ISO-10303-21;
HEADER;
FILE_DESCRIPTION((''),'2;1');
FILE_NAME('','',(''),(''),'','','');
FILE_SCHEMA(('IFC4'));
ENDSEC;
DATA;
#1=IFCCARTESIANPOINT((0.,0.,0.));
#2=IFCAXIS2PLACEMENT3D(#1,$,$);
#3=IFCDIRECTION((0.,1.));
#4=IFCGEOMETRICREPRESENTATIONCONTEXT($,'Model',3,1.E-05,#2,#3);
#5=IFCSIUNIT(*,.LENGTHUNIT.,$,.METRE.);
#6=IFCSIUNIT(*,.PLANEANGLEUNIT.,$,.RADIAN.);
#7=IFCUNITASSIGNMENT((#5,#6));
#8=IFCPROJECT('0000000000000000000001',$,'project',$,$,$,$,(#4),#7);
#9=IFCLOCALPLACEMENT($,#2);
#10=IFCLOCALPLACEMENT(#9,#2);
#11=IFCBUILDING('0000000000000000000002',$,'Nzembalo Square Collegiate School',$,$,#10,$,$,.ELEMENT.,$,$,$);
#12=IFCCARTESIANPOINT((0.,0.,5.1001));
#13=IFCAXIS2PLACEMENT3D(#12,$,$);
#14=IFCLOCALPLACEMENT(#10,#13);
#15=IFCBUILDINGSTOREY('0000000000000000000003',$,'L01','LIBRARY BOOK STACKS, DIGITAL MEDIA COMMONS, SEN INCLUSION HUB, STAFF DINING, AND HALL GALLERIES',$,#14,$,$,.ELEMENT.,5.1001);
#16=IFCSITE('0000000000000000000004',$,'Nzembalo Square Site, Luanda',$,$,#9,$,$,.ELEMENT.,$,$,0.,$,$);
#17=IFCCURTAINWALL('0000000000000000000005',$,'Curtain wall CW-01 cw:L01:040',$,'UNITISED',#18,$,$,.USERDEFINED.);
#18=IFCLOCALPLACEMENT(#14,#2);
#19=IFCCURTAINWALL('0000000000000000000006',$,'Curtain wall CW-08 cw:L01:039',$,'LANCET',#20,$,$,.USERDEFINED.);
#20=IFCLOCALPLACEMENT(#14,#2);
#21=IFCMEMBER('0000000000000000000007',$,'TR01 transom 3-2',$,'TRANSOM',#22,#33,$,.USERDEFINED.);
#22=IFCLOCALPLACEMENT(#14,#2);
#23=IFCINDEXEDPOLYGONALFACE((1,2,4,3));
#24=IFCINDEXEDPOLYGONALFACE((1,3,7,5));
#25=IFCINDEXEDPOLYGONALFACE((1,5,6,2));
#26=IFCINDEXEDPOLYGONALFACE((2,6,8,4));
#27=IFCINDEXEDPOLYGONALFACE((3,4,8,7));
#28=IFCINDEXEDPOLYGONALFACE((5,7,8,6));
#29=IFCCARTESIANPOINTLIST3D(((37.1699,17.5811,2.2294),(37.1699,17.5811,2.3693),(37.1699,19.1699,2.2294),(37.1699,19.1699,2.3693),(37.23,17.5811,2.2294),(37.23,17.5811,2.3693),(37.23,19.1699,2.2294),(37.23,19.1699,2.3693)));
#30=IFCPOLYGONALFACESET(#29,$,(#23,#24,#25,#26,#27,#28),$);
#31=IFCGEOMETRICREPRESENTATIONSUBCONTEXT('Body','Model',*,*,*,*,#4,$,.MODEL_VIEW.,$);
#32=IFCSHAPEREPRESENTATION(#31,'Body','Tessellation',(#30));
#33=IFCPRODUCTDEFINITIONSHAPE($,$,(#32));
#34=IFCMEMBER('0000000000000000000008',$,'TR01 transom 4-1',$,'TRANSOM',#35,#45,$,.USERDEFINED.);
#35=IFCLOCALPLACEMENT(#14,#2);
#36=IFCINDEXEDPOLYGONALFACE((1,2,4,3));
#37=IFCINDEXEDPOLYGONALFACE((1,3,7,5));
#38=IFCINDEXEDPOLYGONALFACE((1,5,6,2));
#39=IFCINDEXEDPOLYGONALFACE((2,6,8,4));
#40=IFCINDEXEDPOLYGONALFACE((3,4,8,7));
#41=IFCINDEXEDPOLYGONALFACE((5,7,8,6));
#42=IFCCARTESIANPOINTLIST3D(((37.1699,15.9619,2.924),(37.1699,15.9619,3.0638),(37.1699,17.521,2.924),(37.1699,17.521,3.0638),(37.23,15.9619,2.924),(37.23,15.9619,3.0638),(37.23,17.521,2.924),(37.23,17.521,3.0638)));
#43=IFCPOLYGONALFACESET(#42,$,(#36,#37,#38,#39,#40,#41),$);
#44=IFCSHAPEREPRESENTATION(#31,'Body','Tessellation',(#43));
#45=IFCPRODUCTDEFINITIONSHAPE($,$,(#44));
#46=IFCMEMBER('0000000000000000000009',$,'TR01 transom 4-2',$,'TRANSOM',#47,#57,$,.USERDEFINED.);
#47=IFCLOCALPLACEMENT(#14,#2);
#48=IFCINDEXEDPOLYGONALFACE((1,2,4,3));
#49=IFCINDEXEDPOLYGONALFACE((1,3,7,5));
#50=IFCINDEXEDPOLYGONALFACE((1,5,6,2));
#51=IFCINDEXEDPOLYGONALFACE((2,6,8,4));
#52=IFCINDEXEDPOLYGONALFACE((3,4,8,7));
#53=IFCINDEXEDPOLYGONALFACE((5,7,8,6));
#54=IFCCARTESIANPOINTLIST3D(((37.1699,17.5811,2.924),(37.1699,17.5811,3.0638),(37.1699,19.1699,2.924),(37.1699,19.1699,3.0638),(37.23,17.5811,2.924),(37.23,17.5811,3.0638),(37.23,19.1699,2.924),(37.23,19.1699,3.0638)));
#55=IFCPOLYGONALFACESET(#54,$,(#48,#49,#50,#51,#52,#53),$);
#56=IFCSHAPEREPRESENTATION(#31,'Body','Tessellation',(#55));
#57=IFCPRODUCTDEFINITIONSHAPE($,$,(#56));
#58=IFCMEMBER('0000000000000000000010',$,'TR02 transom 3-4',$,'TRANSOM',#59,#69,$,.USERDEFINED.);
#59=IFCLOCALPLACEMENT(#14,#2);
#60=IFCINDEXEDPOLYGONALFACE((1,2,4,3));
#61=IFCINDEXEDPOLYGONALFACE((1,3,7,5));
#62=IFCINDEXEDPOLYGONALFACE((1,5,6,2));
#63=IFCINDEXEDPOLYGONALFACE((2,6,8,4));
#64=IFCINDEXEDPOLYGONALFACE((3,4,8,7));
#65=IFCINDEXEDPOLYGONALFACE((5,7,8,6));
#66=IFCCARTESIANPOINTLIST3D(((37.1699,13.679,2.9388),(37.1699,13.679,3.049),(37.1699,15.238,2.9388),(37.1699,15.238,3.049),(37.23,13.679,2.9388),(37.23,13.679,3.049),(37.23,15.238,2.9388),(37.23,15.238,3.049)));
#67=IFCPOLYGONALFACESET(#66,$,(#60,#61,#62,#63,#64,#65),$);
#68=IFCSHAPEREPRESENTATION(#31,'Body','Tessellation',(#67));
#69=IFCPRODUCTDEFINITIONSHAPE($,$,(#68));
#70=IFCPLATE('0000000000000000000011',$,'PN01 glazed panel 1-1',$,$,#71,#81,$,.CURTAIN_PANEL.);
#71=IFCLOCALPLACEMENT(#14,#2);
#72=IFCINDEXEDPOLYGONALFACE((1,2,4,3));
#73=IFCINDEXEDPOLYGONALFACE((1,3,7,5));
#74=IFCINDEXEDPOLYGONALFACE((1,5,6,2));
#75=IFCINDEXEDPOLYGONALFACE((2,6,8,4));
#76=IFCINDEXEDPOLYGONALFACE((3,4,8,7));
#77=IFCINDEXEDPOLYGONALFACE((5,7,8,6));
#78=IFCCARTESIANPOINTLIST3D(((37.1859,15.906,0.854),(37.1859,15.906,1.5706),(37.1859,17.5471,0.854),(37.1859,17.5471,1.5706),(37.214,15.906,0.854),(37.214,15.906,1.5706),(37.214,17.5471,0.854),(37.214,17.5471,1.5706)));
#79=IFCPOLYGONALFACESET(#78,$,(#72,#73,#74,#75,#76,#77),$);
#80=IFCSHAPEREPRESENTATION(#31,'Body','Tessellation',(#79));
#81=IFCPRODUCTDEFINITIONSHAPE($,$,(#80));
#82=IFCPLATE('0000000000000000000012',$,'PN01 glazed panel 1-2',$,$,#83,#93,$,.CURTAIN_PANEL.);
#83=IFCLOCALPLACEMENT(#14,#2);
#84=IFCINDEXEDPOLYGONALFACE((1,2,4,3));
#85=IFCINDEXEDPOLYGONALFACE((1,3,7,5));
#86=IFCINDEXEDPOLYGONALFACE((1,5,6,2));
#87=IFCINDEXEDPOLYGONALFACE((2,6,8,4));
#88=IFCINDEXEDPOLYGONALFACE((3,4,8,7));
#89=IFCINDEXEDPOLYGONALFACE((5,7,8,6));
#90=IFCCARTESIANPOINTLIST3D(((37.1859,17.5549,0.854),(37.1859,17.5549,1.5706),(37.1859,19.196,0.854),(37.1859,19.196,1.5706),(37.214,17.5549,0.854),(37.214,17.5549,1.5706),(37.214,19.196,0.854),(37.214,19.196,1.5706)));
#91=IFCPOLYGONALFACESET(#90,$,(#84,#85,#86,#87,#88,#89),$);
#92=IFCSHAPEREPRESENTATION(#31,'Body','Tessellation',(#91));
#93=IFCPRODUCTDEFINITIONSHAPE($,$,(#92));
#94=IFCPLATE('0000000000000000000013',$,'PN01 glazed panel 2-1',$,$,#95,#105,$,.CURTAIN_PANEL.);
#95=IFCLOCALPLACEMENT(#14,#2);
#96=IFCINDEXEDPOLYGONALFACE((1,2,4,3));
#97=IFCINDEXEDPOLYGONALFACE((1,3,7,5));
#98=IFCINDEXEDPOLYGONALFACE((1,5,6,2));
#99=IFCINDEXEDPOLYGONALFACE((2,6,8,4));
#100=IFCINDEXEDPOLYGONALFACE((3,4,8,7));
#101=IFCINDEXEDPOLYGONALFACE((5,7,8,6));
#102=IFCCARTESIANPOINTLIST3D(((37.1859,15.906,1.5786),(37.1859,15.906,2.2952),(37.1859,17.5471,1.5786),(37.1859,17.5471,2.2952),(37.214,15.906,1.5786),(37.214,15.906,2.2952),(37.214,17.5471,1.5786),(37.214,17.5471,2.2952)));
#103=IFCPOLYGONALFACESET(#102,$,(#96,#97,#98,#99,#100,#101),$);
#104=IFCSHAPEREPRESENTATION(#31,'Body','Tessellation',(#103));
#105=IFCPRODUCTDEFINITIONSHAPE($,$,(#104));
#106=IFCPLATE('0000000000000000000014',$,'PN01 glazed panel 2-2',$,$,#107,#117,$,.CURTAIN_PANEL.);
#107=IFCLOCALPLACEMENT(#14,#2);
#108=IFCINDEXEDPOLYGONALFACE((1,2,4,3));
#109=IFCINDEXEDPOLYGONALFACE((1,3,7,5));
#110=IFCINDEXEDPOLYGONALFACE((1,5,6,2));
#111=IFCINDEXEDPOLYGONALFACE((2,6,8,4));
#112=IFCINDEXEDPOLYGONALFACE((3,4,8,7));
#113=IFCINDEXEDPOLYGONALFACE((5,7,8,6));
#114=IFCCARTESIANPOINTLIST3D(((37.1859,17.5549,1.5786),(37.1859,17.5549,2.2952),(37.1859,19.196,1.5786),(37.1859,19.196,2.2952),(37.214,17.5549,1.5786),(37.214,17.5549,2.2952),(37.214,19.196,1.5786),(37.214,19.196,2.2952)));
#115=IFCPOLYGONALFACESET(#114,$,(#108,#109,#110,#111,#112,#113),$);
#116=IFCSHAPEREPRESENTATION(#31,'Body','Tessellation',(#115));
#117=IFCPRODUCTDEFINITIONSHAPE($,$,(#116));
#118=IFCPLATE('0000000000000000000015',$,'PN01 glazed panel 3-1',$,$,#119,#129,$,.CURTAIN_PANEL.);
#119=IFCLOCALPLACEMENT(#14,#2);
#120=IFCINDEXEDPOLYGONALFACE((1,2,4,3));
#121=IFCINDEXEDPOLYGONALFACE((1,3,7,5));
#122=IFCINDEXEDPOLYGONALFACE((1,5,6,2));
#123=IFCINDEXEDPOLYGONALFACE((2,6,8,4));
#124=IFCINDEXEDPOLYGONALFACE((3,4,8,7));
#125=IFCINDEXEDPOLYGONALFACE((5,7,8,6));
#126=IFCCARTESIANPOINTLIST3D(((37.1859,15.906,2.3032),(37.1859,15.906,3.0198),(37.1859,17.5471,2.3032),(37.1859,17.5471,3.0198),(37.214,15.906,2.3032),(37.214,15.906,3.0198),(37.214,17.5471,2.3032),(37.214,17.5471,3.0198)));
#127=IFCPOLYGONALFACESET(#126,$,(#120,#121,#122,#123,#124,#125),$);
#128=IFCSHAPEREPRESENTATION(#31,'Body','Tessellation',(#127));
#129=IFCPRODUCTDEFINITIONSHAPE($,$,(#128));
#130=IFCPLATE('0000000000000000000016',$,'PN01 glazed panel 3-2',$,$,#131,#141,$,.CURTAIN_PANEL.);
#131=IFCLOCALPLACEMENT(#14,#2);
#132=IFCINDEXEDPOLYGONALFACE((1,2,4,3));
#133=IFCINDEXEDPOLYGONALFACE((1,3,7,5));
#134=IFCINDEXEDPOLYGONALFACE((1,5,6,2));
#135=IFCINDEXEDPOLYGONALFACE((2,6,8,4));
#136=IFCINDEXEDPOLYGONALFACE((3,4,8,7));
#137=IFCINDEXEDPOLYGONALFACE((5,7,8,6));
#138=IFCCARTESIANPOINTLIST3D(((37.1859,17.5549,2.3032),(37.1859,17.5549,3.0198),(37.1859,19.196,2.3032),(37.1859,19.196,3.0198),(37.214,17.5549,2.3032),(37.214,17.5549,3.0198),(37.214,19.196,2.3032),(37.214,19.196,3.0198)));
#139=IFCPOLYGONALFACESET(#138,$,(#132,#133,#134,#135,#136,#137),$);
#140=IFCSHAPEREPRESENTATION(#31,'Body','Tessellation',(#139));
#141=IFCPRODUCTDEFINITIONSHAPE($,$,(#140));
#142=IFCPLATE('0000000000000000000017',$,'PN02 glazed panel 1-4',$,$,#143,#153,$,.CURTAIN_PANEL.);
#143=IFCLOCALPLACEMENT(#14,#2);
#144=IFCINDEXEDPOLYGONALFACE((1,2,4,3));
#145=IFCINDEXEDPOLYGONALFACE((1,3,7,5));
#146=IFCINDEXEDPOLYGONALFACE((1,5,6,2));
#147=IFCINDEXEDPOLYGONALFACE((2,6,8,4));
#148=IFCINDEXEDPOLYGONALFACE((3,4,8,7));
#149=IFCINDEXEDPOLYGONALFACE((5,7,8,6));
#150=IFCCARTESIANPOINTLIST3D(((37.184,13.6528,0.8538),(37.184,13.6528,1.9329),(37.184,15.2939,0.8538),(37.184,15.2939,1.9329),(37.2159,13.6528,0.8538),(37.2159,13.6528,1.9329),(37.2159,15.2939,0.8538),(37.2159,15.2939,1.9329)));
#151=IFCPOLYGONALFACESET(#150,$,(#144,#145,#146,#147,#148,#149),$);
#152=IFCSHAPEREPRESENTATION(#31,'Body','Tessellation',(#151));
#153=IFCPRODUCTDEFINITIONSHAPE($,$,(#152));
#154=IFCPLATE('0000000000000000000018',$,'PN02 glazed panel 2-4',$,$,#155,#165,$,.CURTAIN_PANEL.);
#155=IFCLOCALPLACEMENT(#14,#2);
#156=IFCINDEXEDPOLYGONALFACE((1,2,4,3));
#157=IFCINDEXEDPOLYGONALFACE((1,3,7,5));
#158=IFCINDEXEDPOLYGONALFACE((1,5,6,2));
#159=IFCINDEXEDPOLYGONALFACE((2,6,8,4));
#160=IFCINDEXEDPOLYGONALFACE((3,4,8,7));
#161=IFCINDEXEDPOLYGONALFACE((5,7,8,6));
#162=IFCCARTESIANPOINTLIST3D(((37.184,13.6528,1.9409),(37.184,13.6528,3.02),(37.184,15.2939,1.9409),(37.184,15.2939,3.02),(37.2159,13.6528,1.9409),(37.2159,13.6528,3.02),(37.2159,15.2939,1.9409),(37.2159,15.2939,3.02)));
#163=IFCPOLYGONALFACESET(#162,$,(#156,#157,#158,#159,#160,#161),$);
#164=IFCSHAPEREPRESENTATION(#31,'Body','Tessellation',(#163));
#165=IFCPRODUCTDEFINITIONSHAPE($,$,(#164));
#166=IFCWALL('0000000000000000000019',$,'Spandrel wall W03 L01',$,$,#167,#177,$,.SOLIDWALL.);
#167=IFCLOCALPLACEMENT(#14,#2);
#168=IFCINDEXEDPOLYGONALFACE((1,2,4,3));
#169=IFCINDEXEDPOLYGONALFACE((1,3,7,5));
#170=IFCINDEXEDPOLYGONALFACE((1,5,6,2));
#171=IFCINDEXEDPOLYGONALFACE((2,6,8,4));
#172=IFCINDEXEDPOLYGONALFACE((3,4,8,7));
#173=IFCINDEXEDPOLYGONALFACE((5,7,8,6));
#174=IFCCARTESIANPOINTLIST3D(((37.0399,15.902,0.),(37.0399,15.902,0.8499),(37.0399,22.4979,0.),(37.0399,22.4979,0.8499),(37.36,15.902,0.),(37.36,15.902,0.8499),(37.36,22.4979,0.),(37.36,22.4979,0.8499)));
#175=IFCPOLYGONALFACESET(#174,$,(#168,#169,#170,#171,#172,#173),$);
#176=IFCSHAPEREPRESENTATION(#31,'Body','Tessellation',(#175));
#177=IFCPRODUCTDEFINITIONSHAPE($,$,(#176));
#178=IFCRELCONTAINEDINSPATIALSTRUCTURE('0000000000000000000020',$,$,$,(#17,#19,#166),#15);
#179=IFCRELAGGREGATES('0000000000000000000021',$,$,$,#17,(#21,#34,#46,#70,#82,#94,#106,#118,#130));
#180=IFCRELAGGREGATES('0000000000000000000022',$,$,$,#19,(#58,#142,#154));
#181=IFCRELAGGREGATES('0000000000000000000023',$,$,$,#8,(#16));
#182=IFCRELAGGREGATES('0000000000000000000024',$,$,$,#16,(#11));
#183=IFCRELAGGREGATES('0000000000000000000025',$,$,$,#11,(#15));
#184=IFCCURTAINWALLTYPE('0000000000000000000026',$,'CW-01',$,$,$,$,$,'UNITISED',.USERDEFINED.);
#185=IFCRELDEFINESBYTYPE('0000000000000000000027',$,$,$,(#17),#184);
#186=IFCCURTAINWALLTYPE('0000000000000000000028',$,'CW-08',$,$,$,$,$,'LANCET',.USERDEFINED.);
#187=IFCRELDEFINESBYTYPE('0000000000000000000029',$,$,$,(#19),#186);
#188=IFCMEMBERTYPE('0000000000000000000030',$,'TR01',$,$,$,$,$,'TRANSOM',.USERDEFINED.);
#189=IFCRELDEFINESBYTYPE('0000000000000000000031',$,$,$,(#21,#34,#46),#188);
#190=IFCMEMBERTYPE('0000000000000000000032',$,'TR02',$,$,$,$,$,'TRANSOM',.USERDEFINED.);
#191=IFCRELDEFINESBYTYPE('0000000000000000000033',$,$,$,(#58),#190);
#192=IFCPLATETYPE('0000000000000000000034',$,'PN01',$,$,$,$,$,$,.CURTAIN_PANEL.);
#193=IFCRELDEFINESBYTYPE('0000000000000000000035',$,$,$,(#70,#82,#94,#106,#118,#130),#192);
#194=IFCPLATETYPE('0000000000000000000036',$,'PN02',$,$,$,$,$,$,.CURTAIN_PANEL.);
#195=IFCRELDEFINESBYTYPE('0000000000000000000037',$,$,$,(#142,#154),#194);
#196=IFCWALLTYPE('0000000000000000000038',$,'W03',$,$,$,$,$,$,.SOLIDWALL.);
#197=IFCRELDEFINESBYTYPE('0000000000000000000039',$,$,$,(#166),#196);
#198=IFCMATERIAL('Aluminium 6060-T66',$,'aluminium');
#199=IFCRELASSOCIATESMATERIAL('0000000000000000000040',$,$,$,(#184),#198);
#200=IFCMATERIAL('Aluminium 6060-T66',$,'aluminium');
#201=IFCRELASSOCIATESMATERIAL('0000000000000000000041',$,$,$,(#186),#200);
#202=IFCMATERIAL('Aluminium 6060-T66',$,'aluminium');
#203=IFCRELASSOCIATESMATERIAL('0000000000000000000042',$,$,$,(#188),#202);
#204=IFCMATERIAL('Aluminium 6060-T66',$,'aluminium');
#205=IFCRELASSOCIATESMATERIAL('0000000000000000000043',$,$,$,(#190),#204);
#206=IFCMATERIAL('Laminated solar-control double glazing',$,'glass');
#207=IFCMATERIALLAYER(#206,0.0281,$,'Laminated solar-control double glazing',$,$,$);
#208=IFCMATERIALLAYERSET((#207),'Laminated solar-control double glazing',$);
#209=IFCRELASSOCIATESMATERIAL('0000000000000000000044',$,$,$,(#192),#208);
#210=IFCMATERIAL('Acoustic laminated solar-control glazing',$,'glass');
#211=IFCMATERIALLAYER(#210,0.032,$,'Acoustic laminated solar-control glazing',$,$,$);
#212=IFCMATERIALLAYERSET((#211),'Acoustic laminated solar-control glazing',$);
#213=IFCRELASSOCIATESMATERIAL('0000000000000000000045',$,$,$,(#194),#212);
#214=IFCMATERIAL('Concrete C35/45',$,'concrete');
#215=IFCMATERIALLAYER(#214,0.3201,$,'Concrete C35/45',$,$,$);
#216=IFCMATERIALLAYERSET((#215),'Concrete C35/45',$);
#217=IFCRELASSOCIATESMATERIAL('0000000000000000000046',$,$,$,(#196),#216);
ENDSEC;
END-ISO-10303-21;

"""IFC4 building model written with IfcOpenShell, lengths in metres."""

from ifc_helpers import new_model, si_unit, direction, frame, frame_2d, origin, origin_2d, place, context, subcontext, project, spatial, rectangle, extrude, material, layer, layer_set, material_profile, profile_set, type_object, element, aggregate, save


model = new_model("IFC4")

# Units and contexts
model_context = context("Model", 3, precision=1e-05, world=origin(), true_north=direction((0.0, 1.0)))
body_context = subcontext(model_context, "Body", "Model", "MODEL_VIEW")
ifc_project = project(units=[si_unit("LENGTHUNIT", "METRE"), si_unit("PLANEANGLEUNIT", "RADIAN")], contexts=[model_context])

# Site, building, storey
site_placement = place(None, origin())
site = spatial("IfcSite", under=ifc_project, at=site_placement, Name="Nzembalo Square Site, Luanda", CompositionType="ELEMENT", RefElevation=0.0)
building_placement = place(site_placement, origin())
building = spatial("IfcBuilding", under=site, at=building_placement, Name="Nzembalo Square Collegiate School", CompositionType="ELEMENT")
storey_placement = place(building_placement, frame((0.0, 0.0, 5.1001)))
storey = spatial("IfcBuildingStorey", under=building, at=storey_placement, Name="L01", Description="LIBRARY BOOK STACKS, DIGITAL MEDIA COMMONS, SEN INCLUSION HUB, STAFF DINING, AND HALL GALLERIES", CompositionType="ELEMENT", Elevation=5.1001)

# Curtain wall
ifc_material_1 = material(Name="Aluminium 6060-T66", Category="aluminium")
curtain_wall_type_1 = type_object("IfcCurtainWallType", Name="CW-01", ElementType="UNITISED", PredefinedType="USERDEFINED", material=ifc_material_1)
curtain_wall_1_placement = place(storey_placement, origin())
curtain_wall_1 = element("IfcCurtainWall", 1, at=curtain_wall_1_placement, inside=storey, type_object=curtain_wall_type_1, Name="Curtain wall CW-01 cw:L01:040", ObjectType="UNITISED", PredefinedType="USERDEFINED")

# Curtain wall
ifc_material_2 = material(Name="Aluminium 6060-T66", Category="aluminium")
curtain_wall_type_2 = type_object("IfcCurtainWallType", Name="CW-08", ElementType="LANCET", PredefinedType="USERDEFINED", material=ifc_material_2)
curtain_wall_2_placement = place(storey_placement, origin())
curtain_wall_2 = element("IfcCurtainWall", 2, at=curtain_wall_2_placement, inside=storey, type_object=curtain_wall_type_2, Name="Curtain wall CW-08 cw:L01:039", ObjectType="LANCET", PredefinedType="USERDEFINED")

# Members
ifc_material_3 = material(Name="Aluminium 6060-T66", Category="aluminium")
ifc_material_profile_1 = material_profile(ifc_material_3, rectangle(XDim=0.0601, YDim=0.1399, at=origin_2d()), Name="ALU T60x140")
ifc_profile_set_1 = profile_set([ifc_material_profile_1], Name="Aluminium 6060-T66")
member_type_1 = type_object("IfcMemberType", Name="TR01", ElementType="TRANSOM", PredefinedType="USERDEFINED", material=ifc_profile_set_1)
member_1_placement = place(storey_placement, frame((37.2, 17.5811, 2.2993), z_axis=(0.0, 1.0, 0.0), x_axis=(-1.0, 0.0, 0.0)))
member_1 = element("IfcMember", 3, at=member_1_placement, type_object=member_type_1, Name="TR01 transom 3-2", ObjectType="TRANSOM", PredefinedType="USERDEFINED", context=body_context, shape_type="SweptSolid", body=[
    extrude(rectangle(XDim=0.0601, YDim=0.1399, at=origin_2d()), origin(), (0.0, 0.0, 1.0), 1.5889),
])
member_2_placement = place(storey_placement, frame((37.2, 15.9619, 2.9939), z_axis=(0.0, 1.0, 0.0), x_axis=(-1.0, 0.0, 0.0)))
member_2 = element("IfcMember", 4, at=member_2_placement, type_object=member_type_1, Name="TR01 transom 4-1", ObjectType="TRANSOM", PredefinedType="USERDEFINED", context=body_context, shape_type="SweptSolid", body=[
    extrude(rectangle(XDim=0.0601, YDim=0.1399, at=origin_2d()), origin(), (0.0, 0.0, 1.0), 1.5591),
])
member_3_placement = place(storey_placement, frame((37.2, 17.5811, 2.9939), z_axis=(0.0, 1.0, 0.0), x_axis=(-1.0, 0.0, 0.0)))
member_3 = element("IfcMember", 5, at=member_3_placement, type_object=member_type_1, Name="TR01 transom 4-2", ObjectType="TRANSOM", PredefinedType="USERDEFINED", context=body_context, shape_type="SweptSolid", body=[
    extrude(rectangle(XDim=0.0601, YDim=0.1399, at=origin_2d()), origin(), (0.0, 0.0, 1.0), 1.5889),
])
ifc_material_4 = material(Name="Aluminium 6060-T66", Category="aluminium")
ifc_material_profile_2 = material_profile(ifc_material_4, rectangle(XDim=0.0601, YDim=0.1101, at=origin_2d()), Name="ALU T60x110")
ifc_profile_set_2 = profile_set([ifc_material_profile_2], Name="Aluminium 6060-T66")
member_type_2 = type_object("IfcMemberType", Name="TR02", ElementType="TRANSOM", PredefinedType="USERDEFINED", material=ifc_profile_set_2)
member_4_placement = place(storey_placement, frame((37.2, 13.679, 2.9939), z_axis=(0.0, 1.0, 0.0), x_axis=(-1.0, 0.0, 0.0)))
member_4 = element("IfcMember", 6, at=member_4_placement, type_object=member_type_2, Name="TR02 transom 3-4", ObjectType="TRANSOM", PredefinedType="USERDEFINED", context=body_context, shape_type="SweptSolid", body=[
    extrude(rectangle(XDim=0.0601, YDim=0.1101, at=origin_2d()), origin(), (0.0, 0.0, 1.0), 1.5591),
])

# Plates
ifc_material_5 = material(Name="Laminated solar-control double glazing", Category="glass")
ifc_layer_1 = layer(ifc_material_5, 0.0281, Name="Laminated solar-control double glazing")
ifc_layer_set_1 = layer_set([ifc_layer_1], Name="Laminated solar-control double glazing")
plate_type_1 = type_object("IfcPlateType", Name="PN01", PredefinedType="CURTAIN_PANEL", material=ifc_layer_set_1)
plate_1_placement = place(storey_placement, frame((37.2, 16.7266, 0.854), z_axis=(0.0, 0.0, 1.0), x_axis=(0.0, 1.0, 0.0)))
plate_1 = element("IfcPlate", 7, at=plate_1_placement, type_object=plate_type_1, Name="PN01 glazed panel 1-1", PredefinedType="CURTAIN_PANEL", context=body_context, shape_type="SweptSolid", body=[
    extrude(rectangle(XDim=1.6411, YDim=0.0281, at=origin_2d()), origin(), (0.0, 0.0, 1.0), 0.7166),
])
plate_2_placement = place(storey_placement, frame((37.2, 18.3755, 0.854), z_axis=(0.0, 0.0, 1.0), x_axis=(0.0, 1.0, 0.0)))
plate_2 = element("IfcPlate", 8, at=plate_2_placement, type_object=plate_type_1, Name="PN01 glazed panel 1-2", PredefinedType="CURTAIN_PANEL", context=body_context, shape_type="SweptSolid", body=[
    extrude(rectangle(XDim=1.6411, YDim=0.0281, at=origin_2d()), origin(), (0.0, 0.0, 1.0), 0.7166),
])
plate_3_placement = place(storey_placement, frame((37.2, 16.7266, 1.5786), z_axis=(0.0, 0.0, 1.0), x_axis=(0.0, 1.0, 0.0)))
plate_3 = element("IfcPlate", 9, at=plate_3_placement, type_object=plate_type_1, Name="PN01 glazed panel 2-1", PredefinedType="CURTAIN_PANEL", context=body_context, shape_type="SweptSolid", body=[
    extrude(rectangle(XDim=1.6411, YDim=0.0281, at=origin_2d()), origin(), (0.0, 0.0, 1.0), 0.7166),
])
plate_4_placement = place(storey_placement, frame((37.2, 18.3755, 1.5786), z_axis=(0.0, 0.0, 1.0), x_axis=(0.0, 1.0, 0.0)))
plate_4 = element("IfcPlate", 10, at=plate_4_placement, type_object=plate_type_1, Name="PN01 glazed panel 2-2", PredefinedType="CURTAIN_PANEL", context=body_context, shape_type="SweptSolid", body=[
    extrude(rectangle(XDim=1.6411, YDim=0.0281, at=origin_2d()), origin(), (0.0, 0.0, 1.0), 0.7166),
])
plate_5_placement = place(storey_placement, frame((37.2, 16.7266, 2.3032), z_axis=(0.0, 0.0, 1.0), x_axis=(0.0, 1.0, 0.0)))
plate_5 = element("IfcPlate", 11, at=plate_5_placement, type_object=plate_type_1, Name="PN01 glazed panel 3-1", PredefinedType="CURTAIN_PANEL", context=body_context, shape_type="SweptSolid", body=[
    extrude(rectangle(XDim=1.6411, YDim=0.0281, at=origin_2d()), origin(), (0.0, 0.0, 1.0), 0.7166),
])
plate_6_placement = place(storey_placement, frame((37.2, 18.3755, 2.3032), z_axis=(0.0, 0.0, 1.0), x_axis=(0.0, 1.0, 0.0)))
plate_6 = element("IfcPlate", 12, at=plate_6_placement, type_object=plate_type_1, Name="PN01 glazed panel 3-2", PredefinedType="CURTAIN_PANEL", context=body_context, shape_type="SweptSolid", body=[
    extrude(rectangle(XDim=1.6411, YDim=0.0281, at=origin_2d()), origin(), (0.0, 0.0, 1.0), 0.7166),
])
aggregate(curtain_wall_1, [member_1, member_2, member_3, plate_1, plate_2, plate_3, plate_4, plate_5, plate_6])
ifc_material_6 = material(Name="Acoustic laminated solar-control glazing", Category="glass")
ifc_layer_2 = layer(ifc_material_6, 0.032, Name="Acoustic laminated solar-control glazing")
ifc_layer_set_2 = layer_set([ifc_layer_2], Name="Acoustic laminated solar-control glazing")
plate_type_2 = type_object("IfcPlateType", Name="PN02", PredefinedType="CURTAIN_PANEL", material=ifc_layer_set_2)
plate_7_placement = place(storey_placement, frame((37.2, 14.4734, 0.8538), z_axis=(0.0, 0.0, 1.0), x_axis=(0.0, 1.0, 0.0)))
plate_7 = element("IfcPlate", 13, at=plate_7_placement, type_object=plate_type_2, Name="PN02 glazed panel 1-4", PredefinedType="CURTAIN_PANEL", context=body_context, shape_type="SweptSolid", body=[
    extrude(rectangle(XDim=1.6411, YDim=0.032, at=origin_2d()), origin(), (0.0, 0.0, 1.0), 1.0791),
])
plate_8_placement = place(storey_placement, frame((37.2, 14.4734, 1.9409), z_axis=(0.0, 0.0, 1.0), x_axis=(0.0, 1.0, 0.0)))
plate_8 = element("IfcPlate", 14, at=plate_8_placement, type_object=plate_type_2, Name="PN02 glazed panel 2-4", PredefinedType="CURTAIN_PANEL", context=body_context, shape_type="SweptSolid", body=[
    extrude(rectangle(XDim=1.6411, YDim=0.032, at=origin_2d()), origin(), (0.0, 0.0, 1.0), 1.0791),
])
aggregate(curtain_wall_2, [member_4, plate_7, plate_8])

# Wall
ifc_material_7 = material(Name="Concrete C35/45", Category="concrete")
ifc_layer_3 = layer(ifc_material_7, 0.3201, Name="Concrete C35/45")
ifc_layer_set_3 = layer_set([ifc_layer_3], Name="Concrete C35/45")
wall_type = type_object("IfcWallType", Name="W03", PredefinedType="SOLIDWALL", material=ifc_layer_set_3)
wall_placement = place(storey_placement, frame((37.2, 15.9021, 0.0), z_axis=(0.0, 0.0, 1.0), x_axis=(0.0, 1.0, 0.0)))
element("IfcWall", 15, at=wall_placement, inside=storey, type_object=wall_type, Name="Spandrel wall W03 L01", PredefinedType="SOLIDWALL", context=body_context, shape_type="SweptSolid", body=[
    extrude(rectangle(XDim=6.5959, YDim=0.3201, at=frame_2d((3.2979, 0.0))), origin(), (0.0, 0.0, 1.0), 0.8499),
])

save(model, "model.ifc")
